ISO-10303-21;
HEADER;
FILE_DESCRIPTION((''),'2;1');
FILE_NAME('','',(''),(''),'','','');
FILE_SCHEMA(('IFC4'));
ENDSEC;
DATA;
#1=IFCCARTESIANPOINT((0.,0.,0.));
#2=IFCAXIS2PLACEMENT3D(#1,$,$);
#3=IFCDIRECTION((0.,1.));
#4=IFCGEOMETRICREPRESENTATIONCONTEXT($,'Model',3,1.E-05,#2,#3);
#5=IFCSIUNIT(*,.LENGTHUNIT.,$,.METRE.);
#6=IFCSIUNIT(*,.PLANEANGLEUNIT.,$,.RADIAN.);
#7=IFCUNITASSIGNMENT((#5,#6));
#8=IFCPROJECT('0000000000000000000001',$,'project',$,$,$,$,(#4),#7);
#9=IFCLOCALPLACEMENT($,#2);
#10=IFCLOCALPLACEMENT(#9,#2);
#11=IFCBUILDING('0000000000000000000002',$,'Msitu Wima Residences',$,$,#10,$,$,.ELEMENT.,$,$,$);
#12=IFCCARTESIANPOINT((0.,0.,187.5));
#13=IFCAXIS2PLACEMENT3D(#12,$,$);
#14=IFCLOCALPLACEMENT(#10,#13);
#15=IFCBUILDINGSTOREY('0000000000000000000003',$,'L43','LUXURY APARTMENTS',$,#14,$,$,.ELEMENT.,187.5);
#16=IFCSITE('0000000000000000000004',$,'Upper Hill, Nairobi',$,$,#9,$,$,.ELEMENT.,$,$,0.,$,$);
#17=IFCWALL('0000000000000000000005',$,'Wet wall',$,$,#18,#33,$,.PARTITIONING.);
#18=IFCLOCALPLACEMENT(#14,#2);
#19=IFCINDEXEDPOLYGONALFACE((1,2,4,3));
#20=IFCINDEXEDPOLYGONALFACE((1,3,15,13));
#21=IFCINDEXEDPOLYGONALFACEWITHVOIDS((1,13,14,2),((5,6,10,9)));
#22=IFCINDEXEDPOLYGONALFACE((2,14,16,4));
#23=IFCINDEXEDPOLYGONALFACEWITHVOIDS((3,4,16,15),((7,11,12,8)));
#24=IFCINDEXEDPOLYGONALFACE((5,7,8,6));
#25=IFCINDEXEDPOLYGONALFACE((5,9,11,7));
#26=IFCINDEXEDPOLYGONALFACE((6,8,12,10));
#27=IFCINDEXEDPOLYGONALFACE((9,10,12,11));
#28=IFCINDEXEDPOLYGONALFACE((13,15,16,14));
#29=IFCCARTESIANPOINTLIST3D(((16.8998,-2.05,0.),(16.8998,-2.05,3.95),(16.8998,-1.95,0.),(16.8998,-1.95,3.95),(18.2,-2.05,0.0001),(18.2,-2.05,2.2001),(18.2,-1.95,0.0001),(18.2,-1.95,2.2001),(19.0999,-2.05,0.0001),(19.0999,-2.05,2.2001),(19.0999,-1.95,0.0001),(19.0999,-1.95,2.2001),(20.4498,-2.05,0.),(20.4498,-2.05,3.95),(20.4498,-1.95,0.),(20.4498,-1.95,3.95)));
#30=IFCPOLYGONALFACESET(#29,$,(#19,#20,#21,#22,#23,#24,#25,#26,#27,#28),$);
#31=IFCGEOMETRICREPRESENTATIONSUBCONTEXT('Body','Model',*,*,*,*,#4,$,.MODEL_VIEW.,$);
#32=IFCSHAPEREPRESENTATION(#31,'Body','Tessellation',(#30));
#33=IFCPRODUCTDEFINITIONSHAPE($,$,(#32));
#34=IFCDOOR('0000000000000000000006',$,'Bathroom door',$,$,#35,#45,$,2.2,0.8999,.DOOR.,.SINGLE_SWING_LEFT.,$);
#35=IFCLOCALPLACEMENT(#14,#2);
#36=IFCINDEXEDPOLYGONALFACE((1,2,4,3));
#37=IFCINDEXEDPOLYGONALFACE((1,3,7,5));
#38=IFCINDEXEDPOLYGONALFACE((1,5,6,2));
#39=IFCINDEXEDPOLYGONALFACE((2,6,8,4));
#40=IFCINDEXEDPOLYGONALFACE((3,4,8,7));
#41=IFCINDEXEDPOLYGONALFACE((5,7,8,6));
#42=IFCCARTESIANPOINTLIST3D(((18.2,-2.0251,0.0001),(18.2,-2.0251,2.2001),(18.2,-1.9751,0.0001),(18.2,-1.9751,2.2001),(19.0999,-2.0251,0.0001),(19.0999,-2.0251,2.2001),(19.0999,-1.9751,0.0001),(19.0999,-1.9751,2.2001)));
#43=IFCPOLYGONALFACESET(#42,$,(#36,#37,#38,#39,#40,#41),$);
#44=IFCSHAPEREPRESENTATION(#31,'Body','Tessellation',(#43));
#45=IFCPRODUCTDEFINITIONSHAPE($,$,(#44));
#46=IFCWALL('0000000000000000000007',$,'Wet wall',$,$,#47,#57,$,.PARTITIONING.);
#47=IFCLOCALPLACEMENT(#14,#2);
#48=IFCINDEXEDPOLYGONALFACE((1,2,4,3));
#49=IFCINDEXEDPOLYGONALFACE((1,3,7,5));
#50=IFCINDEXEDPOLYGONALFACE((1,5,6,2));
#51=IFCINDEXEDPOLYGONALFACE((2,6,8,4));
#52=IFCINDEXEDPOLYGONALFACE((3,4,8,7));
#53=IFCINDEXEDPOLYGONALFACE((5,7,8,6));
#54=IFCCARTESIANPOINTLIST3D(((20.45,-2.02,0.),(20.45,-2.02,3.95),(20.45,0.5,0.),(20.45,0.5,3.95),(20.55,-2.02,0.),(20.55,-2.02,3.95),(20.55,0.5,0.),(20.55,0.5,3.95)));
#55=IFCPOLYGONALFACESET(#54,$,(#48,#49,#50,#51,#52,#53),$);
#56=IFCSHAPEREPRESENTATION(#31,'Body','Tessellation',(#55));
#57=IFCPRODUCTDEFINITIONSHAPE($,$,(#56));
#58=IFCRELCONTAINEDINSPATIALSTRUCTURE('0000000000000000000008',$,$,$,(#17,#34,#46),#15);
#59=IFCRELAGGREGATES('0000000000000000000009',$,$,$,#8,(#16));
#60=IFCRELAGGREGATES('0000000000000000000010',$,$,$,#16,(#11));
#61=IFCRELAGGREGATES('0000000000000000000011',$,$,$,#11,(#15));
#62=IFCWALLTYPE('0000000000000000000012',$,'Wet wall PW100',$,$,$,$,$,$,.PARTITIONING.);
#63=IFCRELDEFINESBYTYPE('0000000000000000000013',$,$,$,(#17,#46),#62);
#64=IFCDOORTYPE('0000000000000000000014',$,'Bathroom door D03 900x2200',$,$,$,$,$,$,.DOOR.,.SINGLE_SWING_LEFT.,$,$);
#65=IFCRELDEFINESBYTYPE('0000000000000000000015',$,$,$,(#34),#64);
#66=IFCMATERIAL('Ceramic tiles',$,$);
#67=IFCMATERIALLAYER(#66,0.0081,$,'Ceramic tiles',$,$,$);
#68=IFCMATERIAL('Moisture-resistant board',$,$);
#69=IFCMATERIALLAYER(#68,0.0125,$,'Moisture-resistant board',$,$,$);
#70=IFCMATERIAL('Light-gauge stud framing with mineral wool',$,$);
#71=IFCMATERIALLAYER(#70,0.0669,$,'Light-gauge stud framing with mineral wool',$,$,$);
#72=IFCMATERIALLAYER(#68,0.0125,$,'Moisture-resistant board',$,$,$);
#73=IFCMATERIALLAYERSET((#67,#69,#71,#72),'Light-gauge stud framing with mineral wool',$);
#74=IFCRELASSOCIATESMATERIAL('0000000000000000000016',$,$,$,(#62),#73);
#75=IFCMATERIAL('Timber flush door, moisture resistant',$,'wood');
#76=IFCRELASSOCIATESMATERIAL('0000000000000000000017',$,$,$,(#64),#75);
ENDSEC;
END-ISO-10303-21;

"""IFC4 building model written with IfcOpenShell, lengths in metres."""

from ifc_helpers import new_model, si_unit, direction, frame, frame_2d, origin, place, context, subcontext, project, spatial, rectangle, extrude, material, layer, layer_set, type_object, element, fill, save


model = new_model("IFC4")

# Units and contexts
model_context = context("Model", 3, precision=1e-05, world=origin(), true_north=direction((0.0, 1.0)))
body_context = subcontext(model_context, "Body", "Model", "MODEL_VIEW")
ifc_project = project(units=[si_unit("LENGTHUNIT", "METRE"), si_unit("PLANEANGLEUNIT", "RADIAN")], contexts=[model_context])

# Site, building, storey
site_placement = place(None, origin())
site = spatial("IfcSite", under=ifc_project, at=site_placement, Name="Upper Hill, Nairobi", CompositionType="ELEMENT", RefElevation=0.0)
building_placement = place(site_placement, origin())
building = spatial("IfcBuilding", under=site, at=building_placement, Name="Msitu Wima Residences", CompositionType="ELEMENT")
storey_placement = place(building_placement, frame((0.0, 0.0, 187.5)))
storey = spatial("IfcBuildingStorey", under=building, at=storey_placement, Name="L43", Description="LUXURY APARTMENTS", CompositionType="ELEMENT", Elevation=187.5)

# Wall, opening, door
ifc_material_1 = material(Name="Ceramic tiles")
ifc_layer_1 = layer(ifc_material_1, 0.0081, Name="Ceramic tiles")
ifc_material_2 = material(Name="Moisture-resistant board")
ifc_layer_2 = layer(ifc_material_2, 0.0125, Name="Moisture-resistant board")
ifc_material_3 = material(Name="Light-gauge stud framing with mineral wool")
ifc_layer_3 = layer(ifc_material_3, 0.0669, Name="Light-gauge stud framing with mineral wool")
ifc_layer_4 = layer(ifc_material_2, 0.0125, Name="Moisture-resistant board")
ifc_layer_set_1 = layer_set([ifc_layer_1, ifc_layer_2, ifc_layer_3, ifc_layer_4], Name="Light-gauge stud framing with mineral wool")
wall_type_1 = type_object("IfcWallType", Name="Wet wall PW100", PredefinedType="PARTITIONING", material=ifc_layer_set_1)
wall_1_placement = place(storey_placement, frame((16.8999, -2.0, 0.0), z_axis=(0.0, 0.0, 1.0), x_axis=(1.0, 0.0, 0.0)))
wall_1 = element("IfcWall", 1, at=wall_1_placement, inside=storey, type_object=wall_type_1, Name="Wet wall", PredefinedType="PARTITIONING", context=body_context, shape_type="SweptSolid", body=[
    extrude(rectangle(XDim=3.55, YDim=0.1001, at=frame_2d((1.7749, 0.0))), origin(), (0.0, 0.0, 1.0), 3.95),
])
opening_1_placement = place(wall_1_placement, frame((1.3, 0.0, 0.0)))
opening_1 = element("IfcOpeningElement", 2, at=opening_1_placement, cuts=wall_1, PredefinedType="OPENING", context=body_context, shape_type="SweptSolid", body=[
    extrude(rectangle(XDim=0.8999, YDim=2.2, at=frame_2d((0.45, 1.1001))), frame((0.0, 0.0601, 0.0), z_axis=(0.0, -1.0, 0.0), x_axis=(1.0, 0.0, 0.0)), (0.0, 0.0, 1.0), 0.1201),
])
ifc_material_4 = material(Name="Timber flush door, moisture resistant", Category="wood")
door_type_1 = type_object("IfcDoorType", Name="Bathroom door D03 900x2200", OperationType="SINGLE_SWING_LEFT", PredefinedType="DOOR", material=ifc_material_4)
door_1_placement = place(opening_1_placement, origin())
door_1 = element("IfcDoor", 3, at=door_1_placement, inside=storey, type_object=door_type_1, Name="Bathroom door", OperationType="SINGLE_SWING_LEFT", OverallHeight=2.2, OverallWidth=0.8999, PredefinedType="DOOR", context=body_context, shape_type="SweptSolid", body=[
    extrude(rectangle(XDim=0.8999, YDim=2.2, at=frame_2d((0.45, 1.1001))), frame((0.0, 0.0249, 0.0), z_axis=(0.0, -1.0, 0.0), x_axis=(1.0, 0.0, 0.0)), (0.0, 0.0, 1.0), 0.05),
])
fill(opening_1, door_1)

# Wall
wall_2_placement = place(storey_placement, frame((20.5, -2.02, 0.0), z_axis=(0.0, 0.0, 1.0), x_axis=(0.0, 1.0, 0.0)))
element("IfcWall", 4, at=wall_2_placement, inside=storey, type_object=wall_type_1, Name="Wet wall", PredefinedType="PARTITIONING", context=body_context, shape_type="SweptSolid", body=[
    extrude(rectangle(XDim=2.52, YDim=0.1001, at=frame_2d((1.26, 0.0))), origin(), (0.0, 0.0, 1.0), 3.95),
])

save(model, "model.ifc")
